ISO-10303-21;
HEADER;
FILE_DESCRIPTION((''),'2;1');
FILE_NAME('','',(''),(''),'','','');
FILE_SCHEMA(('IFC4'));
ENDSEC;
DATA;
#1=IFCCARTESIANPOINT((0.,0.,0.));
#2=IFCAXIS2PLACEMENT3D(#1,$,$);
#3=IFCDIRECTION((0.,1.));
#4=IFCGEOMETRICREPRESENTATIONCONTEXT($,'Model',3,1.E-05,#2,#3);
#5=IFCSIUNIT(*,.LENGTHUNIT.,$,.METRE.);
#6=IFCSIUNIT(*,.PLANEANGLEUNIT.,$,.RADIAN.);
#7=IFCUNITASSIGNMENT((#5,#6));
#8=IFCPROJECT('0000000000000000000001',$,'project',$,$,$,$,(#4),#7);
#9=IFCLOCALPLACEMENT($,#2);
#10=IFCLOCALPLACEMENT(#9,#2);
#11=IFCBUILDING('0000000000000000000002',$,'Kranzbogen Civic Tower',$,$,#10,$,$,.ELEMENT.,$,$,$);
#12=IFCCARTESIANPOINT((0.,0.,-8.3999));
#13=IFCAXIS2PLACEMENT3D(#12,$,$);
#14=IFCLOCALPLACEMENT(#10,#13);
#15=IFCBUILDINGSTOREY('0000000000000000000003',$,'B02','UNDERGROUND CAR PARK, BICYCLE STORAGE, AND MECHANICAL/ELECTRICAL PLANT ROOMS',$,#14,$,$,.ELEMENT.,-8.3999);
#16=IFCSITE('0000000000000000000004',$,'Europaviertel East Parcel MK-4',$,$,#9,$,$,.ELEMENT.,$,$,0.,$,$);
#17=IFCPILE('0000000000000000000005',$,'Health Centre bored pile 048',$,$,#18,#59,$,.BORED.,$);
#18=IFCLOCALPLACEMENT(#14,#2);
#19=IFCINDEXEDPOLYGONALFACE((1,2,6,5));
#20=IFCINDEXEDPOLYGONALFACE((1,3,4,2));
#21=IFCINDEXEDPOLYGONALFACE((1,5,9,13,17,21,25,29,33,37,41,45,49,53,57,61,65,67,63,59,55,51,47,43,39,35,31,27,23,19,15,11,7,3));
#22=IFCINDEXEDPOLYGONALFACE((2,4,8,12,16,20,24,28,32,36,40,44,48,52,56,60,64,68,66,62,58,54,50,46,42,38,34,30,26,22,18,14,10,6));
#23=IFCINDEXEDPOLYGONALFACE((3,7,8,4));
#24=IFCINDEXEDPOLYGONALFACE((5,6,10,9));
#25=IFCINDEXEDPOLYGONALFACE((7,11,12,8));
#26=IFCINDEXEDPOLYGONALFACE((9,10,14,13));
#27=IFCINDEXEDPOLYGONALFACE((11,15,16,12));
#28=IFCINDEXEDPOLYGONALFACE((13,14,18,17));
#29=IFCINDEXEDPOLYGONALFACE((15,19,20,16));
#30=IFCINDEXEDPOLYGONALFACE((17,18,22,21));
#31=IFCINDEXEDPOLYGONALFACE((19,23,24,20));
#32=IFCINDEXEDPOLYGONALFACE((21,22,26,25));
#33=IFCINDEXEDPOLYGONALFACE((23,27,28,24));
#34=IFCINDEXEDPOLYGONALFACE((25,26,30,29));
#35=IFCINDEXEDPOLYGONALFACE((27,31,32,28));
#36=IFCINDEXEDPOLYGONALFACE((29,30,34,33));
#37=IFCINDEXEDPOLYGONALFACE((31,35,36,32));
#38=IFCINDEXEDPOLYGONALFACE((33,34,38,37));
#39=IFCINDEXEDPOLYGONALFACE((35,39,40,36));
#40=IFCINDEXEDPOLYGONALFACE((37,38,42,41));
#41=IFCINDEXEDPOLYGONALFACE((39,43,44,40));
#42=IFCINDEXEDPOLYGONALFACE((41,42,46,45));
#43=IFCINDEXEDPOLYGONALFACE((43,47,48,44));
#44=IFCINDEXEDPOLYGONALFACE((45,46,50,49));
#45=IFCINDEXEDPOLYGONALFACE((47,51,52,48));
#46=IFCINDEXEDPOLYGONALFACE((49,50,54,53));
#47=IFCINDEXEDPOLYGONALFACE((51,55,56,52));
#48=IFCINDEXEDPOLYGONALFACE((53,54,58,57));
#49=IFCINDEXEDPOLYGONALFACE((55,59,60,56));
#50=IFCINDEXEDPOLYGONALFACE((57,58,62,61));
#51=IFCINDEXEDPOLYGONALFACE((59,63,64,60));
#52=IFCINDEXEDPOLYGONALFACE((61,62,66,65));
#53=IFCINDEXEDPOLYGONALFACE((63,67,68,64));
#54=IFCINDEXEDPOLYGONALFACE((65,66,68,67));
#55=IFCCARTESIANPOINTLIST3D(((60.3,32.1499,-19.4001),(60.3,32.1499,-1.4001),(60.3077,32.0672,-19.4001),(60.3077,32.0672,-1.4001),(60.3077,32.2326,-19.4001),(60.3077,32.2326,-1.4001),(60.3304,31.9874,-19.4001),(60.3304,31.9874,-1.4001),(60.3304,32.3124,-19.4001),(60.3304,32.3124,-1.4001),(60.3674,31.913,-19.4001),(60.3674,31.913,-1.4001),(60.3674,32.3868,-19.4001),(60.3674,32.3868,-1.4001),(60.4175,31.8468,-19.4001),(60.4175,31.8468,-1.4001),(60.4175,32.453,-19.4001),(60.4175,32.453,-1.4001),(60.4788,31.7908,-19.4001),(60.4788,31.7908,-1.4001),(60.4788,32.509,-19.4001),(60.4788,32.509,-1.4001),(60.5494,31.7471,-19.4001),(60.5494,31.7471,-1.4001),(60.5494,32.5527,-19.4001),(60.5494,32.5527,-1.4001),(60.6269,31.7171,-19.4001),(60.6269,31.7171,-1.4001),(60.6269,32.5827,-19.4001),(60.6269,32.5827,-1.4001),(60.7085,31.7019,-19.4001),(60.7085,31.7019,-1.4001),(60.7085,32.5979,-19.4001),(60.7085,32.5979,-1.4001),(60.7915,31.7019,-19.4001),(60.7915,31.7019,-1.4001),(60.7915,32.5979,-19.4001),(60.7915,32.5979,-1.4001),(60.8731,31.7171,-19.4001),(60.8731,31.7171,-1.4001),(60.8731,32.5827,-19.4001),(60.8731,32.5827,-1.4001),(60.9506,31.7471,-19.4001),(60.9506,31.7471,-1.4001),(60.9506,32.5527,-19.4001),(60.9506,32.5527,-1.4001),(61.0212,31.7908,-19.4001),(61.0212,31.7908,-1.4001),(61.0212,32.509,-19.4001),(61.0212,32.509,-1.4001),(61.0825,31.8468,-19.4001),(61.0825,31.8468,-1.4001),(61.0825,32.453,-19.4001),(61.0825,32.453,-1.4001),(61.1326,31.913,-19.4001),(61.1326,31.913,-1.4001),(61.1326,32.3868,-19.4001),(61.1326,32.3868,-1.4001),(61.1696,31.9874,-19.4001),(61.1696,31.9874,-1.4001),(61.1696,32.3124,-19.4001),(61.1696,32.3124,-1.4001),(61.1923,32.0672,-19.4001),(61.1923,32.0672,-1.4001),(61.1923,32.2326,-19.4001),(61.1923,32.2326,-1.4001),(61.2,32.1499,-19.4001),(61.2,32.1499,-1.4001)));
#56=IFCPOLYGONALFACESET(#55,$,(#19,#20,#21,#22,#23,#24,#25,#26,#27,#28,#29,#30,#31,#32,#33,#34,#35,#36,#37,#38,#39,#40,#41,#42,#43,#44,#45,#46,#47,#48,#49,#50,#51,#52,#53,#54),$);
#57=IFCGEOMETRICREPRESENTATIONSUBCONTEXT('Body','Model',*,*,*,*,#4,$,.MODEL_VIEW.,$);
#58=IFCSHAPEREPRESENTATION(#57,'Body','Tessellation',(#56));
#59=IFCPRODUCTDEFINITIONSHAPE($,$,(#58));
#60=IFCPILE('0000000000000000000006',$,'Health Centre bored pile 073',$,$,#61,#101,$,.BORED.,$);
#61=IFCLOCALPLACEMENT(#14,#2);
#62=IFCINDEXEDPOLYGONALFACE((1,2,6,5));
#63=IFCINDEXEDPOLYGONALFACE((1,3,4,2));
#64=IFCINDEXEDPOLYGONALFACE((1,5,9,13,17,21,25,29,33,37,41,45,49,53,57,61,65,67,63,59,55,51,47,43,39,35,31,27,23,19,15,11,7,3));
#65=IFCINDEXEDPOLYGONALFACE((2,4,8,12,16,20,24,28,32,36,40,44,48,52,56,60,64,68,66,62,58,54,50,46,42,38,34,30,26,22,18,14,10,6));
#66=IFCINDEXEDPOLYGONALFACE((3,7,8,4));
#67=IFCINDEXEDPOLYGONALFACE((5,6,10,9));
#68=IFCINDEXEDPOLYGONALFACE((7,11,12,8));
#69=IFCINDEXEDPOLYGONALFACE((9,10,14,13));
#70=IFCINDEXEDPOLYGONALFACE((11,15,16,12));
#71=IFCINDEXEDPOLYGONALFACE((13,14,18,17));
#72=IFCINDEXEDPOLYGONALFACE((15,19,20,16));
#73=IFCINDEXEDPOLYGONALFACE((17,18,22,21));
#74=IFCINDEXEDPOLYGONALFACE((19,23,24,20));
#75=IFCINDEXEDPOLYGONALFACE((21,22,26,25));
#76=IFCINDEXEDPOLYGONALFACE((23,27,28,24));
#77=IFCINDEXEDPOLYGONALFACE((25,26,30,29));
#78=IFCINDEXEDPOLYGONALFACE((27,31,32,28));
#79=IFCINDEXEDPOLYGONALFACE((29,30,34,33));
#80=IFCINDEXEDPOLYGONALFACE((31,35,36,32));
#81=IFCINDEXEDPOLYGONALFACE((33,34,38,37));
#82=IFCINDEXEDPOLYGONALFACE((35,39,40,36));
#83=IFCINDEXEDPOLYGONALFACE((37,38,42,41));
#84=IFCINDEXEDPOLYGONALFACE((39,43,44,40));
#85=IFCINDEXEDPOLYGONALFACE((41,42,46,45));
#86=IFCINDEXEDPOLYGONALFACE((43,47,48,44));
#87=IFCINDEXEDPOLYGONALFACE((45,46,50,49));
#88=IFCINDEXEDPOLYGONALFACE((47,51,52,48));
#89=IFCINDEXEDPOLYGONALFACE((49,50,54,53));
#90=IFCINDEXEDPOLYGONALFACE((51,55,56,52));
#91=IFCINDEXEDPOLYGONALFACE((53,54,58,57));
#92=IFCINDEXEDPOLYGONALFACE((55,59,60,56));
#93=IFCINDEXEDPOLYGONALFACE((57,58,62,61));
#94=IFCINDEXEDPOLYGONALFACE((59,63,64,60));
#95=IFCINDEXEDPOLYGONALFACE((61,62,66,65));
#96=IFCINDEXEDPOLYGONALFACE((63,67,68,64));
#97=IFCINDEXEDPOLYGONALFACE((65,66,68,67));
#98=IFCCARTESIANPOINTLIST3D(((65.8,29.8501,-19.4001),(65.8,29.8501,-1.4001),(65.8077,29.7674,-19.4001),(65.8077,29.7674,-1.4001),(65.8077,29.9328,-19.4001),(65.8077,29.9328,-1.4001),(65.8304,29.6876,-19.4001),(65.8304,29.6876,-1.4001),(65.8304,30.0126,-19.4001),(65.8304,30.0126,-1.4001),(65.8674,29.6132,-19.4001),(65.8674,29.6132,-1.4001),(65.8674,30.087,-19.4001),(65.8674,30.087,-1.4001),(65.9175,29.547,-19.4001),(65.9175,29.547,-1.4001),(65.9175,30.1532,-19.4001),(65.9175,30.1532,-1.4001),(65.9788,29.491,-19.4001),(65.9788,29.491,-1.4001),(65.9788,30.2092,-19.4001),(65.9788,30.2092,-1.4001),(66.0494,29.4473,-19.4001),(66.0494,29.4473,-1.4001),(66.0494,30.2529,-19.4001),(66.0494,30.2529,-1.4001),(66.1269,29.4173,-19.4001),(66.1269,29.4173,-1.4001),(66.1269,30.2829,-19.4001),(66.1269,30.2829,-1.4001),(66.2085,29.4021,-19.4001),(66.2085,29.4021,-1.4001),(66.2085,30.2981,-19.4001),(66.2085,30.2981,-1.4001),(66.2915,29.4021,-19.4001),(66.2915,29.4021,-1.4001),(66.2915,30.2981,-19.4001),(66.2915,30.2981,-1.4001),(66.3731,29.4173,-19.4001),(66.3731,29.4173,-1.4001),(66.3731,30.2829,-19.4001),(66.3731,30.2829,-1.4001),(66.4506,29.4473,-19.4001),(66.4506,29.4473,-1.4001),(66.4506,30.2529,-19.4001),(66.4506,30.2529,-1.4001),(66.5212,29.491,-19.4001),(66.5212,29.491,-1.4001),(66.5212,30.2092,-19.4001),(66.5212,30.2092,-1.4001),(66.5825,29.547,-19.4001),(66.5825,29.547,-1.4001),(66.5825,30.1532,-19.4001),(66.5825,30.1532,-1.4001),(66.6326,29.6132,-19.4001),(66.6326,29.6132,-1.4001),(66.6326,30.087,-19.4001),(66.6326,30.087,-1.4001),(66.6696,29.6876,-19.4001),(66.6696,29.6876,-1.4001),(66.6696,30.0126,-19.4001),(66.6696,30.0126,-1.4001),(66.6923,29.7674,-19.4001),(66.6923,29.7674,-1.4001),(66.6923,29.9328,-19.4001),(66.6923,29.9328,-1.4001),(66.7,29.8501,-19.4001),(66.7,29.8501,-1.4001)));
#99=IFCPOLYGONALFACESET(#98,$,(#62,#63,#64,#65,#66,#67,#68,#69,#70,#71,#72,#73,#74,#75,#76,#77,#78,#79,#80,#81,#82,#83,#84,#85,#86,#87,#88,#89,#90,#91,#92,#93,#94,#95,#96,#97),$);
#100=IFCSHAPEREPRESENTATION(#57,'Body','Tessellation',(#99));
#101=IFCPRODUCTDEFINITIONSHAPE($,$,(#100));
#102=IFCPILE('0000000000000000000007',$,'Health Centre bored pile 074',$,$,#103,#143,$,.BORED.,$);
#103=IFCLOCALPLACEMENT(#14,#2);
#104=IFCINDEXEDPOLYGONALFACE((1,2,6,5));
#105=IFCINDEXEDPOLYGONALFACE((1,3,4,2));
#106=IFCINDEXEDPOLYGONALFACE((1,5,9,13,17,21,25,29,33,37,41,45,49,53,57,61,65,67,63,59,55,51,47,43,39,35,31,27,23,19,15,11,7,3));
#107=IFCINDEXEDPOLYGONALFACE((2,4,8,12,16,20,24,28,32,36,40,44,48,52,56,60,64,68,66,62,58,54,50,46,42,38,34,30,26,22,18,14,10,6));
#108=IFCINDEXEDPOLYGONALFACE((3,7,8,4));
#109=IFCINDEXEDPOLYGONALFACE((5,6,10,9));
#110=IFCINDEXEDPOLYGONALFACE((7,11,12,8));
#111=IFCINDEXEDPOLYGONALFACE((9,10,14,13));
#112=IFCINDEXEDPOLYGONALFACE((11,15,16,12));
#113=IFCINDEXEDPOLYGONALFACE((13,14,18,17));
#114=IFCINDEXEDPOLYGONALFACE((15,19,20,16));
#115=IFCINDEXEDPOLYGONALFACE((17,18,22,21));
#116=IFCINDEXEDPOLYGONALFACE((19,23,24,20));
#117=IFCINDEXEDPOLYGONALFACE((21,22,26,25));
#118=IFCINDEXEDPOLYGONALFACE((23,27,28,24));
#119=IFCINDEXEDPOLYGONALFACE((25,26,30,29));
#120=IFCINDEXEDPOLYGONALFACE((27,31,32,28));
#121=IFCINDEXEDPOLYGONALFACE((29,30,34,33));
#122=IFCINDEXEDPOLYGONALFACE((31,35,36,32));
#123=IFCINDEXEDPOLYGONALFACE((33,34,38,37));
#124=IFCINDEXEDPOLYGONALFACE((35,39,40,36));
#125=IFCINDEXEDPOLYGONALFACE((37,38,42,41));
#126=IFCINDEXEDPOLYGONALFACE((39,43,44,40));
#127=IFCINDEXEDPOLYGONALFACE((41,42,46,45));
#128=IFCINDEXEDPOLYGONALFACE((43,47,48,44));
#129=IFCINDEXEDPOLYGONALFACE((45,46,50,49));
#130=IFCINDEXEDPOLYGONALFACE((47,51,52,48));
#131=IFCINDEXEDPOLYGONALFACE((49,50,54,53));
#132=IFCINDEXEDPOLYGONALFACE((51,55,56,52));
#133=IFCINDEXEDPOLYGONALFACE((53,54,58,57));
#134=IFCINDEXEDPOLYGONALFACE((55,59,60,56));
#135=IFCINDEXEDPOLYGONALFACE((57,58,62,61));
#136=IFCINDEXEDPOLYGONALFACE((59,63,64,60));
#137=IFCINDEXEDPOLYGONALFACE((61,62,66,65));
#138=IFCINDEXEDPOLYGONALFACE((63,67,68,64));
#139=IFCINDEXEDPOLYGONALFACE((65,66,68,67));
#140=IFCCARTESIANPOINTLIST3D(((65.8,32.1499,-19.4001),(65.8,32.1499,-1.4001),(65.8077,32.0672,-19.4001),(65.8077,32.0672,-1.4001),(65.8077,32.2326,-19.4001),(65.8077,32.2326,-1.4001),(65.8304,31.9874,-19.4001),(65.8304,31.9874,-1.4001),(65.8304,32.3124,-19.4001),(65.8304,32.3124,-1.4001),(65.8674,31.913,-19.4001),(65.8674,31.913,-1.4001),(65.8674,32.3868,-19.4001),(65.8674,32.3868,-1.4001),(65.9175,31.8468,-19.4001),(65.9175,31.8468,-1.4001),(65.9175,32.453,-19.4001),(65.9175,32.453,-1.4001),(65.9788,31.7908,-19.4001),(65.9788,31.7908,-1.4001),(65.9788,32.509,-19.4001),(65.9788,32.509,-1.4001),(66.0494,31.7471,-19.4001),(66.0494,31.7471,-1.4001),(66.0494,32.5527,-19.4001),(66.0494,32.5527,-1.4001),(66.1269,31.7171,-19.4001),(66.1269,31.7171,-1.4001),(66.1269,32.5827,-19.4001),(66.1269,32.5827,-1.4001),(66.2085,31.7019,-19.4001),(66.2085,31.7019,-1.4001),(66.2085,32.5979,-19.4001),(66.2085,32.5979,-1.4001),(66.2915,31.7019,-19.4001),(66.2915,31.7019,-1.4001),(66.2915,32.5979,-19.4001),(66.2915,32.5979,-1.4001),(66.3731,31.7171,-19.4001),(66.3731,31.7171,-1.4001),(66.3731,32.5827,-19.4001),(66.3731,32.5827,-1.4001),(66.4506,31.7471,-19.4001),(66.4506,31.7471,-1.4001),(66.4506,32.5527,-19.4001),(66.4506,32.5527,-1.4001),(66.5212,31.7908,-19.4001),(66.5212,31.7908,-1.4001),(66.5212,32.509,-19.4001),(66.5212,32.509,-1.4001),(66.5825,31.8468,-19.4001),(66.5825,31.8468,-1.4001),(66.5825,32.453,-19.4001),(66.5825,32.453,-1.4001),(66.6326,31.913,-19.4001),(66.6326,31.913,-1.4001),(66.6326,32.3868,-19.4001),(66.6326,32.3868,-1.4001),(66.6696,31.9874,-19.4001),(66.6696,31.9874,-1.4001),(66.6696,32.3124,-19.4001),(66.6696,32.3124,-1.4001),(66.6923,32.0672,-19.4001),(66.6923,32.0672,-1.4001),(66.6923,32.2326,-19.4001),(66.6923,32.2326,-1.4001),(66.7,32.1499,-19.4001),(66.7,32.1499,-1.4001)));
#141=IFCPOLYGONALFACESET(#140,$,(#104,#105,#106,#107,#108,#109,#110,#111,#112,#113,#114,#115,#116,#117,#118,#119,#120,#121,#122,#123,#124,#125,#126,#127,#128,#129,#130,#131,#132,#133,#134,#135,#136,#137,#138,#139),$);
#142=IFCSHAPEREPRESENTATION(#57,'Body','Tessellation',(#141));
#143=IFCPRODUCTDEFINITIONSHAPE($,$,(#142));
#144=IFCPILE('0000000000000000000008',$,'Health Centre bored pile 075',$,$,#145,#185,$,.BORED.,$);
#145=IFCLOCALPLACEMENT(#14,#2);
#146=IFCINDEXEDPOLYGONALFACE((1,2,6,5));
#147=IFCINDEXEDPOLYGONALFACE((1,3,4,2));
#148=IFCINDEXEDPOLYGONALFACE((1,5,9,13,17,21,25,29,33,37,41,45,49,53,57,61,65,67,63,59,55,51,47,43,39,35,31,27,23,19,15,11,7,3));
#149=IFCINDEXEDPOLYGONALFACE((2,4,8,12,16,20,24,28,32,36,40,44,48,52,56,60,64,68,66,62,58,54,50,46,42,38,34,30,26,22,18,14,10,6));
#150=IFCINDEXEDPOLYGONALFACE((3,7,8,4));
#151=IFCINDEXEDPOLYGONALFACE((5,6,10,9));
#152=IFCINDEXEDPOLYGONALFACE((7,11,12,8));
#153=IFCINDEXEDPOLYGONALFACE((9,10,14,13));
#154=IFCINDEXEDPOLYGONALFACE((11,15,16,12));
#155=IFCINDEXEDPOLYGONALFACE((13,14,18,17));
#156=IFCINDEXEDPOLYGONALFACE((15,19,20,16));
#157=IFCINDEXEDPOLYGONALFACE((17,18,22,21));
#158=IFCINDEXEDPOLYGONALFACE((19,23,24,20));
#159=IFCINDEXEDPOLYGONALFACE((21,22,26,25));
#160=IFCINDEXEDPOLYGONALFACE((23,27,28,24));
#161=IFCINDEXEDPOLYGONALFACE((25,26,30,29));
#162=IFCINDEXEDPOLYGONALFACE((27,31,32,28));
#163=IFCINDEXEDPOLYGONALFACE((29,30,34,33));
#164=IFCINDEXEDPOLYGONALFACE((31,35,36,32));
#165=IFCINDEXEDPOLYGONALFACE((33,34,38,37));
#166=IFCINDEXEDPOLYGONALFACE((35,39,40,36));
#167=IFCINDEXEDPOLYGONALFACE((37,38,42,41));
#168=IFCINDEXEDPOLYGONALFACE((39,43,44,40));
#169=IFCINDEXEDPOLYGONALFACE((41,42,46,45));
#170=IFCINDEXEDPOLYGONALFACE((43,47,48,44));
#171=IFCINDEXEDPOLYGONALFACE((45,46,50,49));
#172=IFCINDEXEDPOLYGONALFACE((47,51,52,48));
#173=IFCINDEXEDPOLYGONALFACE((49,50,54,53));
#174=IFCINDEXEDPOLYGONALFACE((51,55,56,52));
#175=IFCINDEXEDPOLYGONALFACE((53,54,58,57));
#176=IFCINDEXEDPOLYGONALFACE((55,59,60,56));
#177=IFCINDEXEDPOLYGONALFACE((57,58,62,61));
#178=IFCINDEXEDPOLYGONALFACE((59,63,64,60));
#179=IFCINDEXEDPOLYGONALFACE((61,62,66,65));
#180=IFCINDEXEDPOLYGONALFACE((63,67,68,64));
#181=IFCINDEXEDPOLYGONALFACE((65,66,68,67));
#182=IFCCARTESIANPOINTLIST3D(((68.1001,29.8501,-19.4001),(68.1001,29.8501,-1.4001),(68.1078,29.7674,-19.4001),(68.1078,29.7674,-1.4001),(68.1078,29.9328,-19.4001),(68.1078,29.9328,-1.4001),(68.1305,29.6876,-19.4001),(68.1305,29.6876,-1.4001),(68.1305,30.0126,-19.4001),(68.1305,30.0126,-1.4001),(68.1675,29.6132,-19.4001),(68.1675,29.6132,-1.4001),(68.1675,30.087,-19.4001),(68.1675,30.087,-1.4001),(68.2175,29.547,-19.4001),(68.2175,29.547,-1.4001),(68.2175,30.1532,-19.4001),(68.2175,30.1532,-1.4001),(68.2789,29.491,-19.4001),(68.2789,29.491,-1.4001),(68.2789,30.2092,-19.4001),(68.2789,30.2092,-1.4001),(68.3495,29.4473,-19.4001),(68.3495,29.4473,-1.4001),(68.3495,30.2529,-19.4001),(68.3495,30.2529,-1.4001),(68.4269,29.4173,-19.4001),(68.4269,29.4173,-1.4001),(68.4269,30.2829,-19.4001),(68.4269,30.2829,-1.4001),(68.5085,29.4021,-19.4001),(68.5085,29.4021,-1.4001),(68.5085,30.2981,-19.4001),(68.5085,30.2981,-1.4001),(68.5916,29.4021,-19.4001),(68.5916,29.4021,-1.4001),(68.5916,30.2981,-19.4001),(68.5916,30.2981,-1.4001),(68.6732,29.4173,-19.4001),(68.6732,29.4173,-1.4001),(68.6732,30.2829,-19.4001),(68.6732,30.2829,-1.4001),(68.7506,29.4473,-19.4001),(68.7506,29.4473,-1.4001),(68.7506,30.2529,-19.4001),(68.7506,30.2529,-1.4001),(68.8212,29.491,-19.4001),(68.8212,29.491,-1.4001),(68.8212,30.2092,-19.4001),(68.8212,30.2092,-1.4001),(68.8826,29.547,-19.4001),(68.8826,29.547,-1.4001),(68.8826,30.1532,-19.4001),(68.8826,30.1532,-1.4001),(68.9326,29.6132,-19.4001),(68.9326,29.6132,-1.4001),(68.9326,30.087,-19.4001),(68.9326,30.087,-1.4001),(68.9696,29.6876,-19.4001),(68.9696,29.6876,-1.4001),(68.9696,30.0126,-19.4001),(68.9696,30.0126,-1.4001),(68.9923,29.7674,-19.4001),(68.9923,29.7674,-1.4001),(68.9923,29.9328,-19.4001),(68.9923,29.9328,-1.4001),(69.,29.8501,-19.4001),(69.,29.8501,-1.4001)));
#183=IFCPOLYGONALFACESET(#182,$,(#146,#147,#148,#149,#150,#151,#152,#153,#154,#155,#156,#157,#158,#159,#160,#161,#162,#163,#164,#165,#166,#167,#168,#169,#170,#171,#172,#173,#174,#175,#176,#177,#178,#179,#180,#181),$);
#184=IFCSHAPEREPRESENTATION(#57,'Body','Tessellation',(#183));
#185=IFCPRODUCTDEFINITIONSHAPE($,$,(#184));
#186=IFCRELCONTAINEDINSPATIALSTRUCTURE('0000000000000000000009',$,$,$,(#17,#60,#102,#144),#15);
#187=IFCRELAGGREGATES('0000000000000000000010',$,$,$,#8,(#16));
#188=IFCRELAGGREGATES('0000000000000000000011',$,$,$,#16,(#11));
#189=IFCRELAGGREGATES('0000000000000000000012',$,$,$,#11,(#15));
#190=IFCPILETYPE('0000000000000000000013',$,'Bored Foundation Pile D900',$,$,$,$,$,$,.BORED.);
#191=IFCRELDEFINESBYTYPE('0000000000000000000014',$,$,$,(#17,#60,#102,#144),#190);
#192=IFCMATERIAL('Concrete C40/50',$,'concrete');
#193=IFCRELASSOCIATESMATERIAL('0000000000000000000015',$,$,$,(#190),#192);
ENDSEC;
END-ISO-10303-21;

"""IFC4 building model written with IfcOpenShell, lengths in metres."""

from ifc_helpers import new_model, si_unit, direction, frame, origin, origin_2d, place, context, subcontext, project, spatial, circle, extrude, material, material_profile, profile_set, type_object, element, save


model = new_model("IFC4")

# Units and contexts
model_context = context("Model", 3, precision=1e-05, world=origin(), true_north=direction((0.0, 1.0)))
body_context = subcontext(model_context, "Body", "Model", "MODEL_VIEW")
ifc_project = project(units=[si_unit("LENGTHUNIT", "METRE"), si_unit("PLANEANGLEUNIT", "RADIAN")], contexts=[model_context])

# Site, building, storey
site_placement = place(None, origin())
site = spatial("IfcSite", under=ifc_project, at=site_placement, Name="Europaviertel East Parcel MK-4", CompositionType="ELEMENT", RefElevation=0.0)
building_placement = place(site_placement, origin())
building = spatial("IfcBuilding", under=site, at=building_placement, Name="Kranzbogen Civic Tower", CompositionType="ELEMENT")
storey_placement = place(building_placement, frame((0.0, 0.0, -8.3999)))
storey = spatial("IfcBuildingStorey", under=building, at=storey_placement, Name="B02", Description="UNDERGROUND CAR PARK, BICYCLE STORAGE, AND MECHANICAL/ELECTRICAL PLANT ROOMS", CompositionType="ELEMENT", Elevation=-8.3999)

# Piles
ifc_material_1 = material(Name="Concrete C40/50", Category="concrete")
ifc_material_profile_1 = material_profile(ifc_material_1, circle(Radius=0.45, at=origin_2d()), Name="PILE D900")
ifc_profile_set_1 = profile_set([ifc_material_profile_1], Name="Concrete C40/50")
pile_type_1 = type_object("IfcPileType", Name="Bored Foundation Pile D900", PredefinedType="BORED", material=ifc_profile_set_1)
for number, where, z_axis, x_axis, name in (
    (1, (60.75, 32.1499, -1.4001), (0.0, 0.0, -1.0), (1.0, 0.0, 0.0), "Health Centre bored pile 048"),
    (2, (66.25, 29.8501, -1.4001), (0.0, 0.0, -1.0), (1.0, 0.0, 0.0), "Health Centre bored pile 073"),
    (3, (66.25, 32.1499, -1.4001), (0.0, 0.0, -1.0), (1.0, 0.0, 0.0), "Health Centre bored pile 074"),
    (4, (68.55, 29.8501, -1.4001), (0.0, 0.0, -1.0), (1.0, 0.0, 0.0), "Health Centre bored pile 075"),
):
    element("IfcPile", number, at=place(storey_placement, frame(where, z_axis=z_axis, x_axis=x_axis)), inside=storey, type_object=pile_type_1, Name=name, PredefinedType="BORED", context=body_context, shape_type="SweptSolid", body=[
        extrude(circle(Radius=0.45, at=origin_2d()), origin(), (0.0, 0.0, 1.0), 18.0),
    ])

save(model, "model.ifc")
